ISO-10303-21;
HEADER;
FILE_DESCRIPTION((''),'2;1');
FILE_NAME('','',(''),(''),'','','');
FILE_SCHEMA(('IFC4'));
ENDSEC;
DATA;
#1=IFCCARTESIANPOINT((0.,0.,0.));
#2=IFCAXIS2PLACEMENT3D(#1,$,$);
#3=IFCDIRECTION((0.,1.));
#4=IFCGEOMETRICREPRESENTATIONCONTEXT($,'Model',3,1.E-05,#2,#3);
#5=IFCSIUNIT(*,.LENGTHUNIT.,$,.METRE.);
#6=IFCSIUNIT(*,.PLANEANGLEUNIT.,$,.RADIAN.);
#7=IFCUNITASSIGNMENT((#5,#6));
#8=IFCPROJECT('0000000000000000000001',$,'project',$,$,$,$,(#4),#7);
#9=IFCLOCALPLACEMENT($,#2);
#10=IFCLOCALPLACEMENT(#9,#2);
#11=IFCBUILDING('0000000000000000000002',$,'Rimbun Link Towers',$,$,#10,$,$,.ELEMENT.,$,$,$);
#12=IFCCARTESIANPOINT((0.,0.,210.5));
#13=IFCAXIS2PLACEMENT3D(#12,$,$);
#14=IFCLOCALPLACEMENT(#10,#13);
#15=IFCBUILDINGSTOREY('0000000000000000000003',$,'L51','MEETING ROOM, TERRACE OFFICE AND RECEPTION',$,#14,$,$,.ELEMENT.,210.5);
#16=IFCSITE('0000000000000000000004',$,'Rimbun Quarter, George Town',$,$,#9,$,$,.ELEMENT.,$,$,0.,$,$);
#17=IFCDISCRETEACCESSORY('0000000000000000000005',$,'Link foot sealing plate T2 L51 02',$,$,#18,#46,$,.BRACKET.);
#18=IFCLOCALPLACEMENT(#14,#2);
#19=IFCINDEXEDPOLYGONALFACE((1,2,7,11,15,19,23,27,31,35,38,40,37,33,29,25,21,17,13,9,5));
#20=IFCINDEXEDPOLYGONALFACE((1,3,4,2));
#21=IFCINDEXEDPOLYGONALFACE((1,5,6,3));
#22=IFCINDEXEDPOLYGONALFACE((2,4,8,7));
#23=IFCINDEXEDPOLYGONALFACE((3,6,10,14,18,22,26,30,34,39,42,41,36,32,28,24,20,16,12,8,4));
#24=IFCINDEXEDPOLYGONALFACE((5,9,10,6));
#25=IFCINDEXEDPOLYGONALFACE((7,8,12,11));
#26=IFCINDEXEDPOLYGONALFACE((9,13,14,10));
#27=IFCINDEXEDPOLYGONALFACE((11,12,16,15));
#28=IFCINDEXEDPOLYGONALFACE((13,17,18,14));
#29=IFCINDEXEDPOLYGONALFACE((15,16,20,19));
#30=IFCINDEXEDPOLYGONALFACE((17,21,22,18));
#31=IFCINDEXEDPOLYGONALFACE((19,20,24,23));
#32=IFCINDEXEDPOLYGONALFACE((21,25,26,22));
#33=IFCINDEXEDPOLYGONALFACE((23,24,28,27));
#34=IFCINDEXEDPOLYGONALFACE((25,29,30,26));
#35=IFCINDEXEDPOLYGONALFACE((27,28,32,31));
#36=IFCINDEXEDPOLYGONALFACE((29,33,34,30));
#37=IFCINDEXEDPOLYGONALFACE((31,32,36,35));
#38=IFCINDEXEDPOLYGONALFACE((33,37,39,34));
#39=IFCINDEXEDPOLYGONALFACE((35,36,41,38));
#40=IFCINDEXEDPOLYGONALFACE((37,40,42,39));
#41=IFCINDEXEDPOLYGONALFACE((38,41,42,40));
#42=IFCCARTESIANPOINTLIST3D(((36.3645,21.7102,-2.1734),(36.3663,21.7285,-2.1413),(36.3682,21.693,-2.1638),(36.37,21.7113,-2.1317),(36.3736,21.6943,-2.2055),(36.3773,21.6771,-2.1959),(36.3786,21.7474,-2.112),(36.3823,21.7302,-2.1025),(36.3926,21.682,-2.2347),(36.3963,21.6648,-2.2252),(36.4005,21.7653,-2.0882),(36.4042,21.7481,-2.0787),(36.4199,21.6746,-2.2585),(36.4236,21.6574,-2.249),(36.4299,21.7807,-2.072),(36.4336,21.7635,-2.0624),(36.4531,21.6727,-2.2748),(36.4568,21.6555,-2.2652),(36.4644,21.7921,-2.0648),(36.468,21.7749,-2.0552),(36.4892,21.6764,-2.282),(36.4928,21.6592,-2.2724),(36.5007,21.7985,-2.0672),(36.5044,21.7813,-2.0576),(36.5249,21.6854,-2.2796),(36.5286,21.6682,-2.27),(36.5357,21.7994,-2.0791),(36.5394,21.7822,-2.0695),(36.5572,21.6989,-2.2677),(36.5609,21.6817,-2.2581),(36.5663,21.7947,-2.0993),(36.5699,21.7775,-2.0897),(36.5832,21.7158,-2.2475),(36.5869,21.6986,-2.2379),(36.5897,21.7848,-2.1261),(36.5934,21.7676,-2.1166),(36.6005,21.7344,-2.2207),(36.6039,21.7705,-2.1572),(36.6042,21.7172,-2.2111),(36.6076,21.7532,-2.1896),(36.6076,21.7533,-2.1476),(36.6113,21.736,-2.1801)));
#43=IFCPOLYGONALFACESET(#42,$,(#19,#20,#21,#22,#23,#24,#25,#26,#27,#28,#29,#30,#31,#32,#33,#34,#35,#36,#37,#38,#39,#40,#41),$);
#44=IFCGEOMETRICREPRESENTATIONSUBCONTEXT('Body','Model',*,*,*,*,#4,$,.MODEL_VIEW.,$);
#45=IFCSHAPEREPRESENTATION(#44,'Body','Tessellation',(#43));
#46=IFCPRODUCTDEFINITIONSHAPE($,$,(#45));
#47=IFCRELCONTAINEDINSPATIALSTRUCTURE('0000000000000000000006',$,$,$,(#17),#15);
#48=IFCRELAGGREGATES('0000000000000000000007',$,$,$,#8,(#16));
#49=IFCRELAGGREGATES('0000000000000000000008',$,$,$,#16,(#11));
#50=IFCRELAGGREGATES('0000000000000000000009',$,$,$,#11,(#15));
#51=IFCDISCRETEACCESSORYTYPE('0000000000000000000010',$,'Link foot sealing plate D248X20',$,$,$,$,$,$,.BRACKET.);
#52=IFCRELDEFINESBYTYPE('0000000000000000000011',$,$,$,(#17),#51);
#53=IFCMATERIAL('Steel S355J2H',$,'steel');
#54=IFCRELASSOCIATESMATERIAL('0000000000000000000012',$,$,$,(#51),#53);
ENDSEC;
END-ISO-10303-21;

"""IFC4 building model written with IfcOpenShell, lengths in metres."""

from ifc_helpers import new_model, si_unit, direction, frame, origin, origin_2d, place, context, subcontext, project, spatial, circle, extrude, material, material_profile, profile_set, type_object, element, save


model = new_model("IFC4")

# Units and contexts
model_context = context("Model", 3, precision=1e-05, world=origin(), true_north=direction((0.0, 1.0)))
body_context = subcontext(model_context, "Body", "Model", "MODEL_VIEW")
ifc_project = project(units=[si_unit("LENGTHUNIT", "METRE"), si_unit("PLANEANGLEUNIT", "RADIAN")], contexts=[model_context])

# Site, building, storey
site_placement = place(None, origin())
site = spatial("IfcSite", under=ifc_project, at=site_placement, Name="Rimbun Quarter, George Town", CompositionType="ELEMENT", RefElevation=0.0)
building_placement = place(site_placement, origin())
building = spatial("IfcBuilding", under=site, at=building_placement, Name="Rimbun Link Towers", CompositionType="ELEMENT")
storey_placement = place(building_placement, frame((0.0, 0.0, 210.5)))
storey = spatial("IfcBuildingStorey", under=building, at=storey_placement, Name="L51", Description="MEETING ROOM, TERRACE OFFICE AND RECEPTION", CompositionType="ELEMENT", Elevation=210.5)

# Discrete accessory
ifc_material_1 = material(Name="Steel S355J2H", Category="steel")
ifc_material_profile_1 = material_profile(ifc_material_1, circle(Radius=0.124, at=origin_2d()), Name="PL D248")
ifc_profile_set_1 = profile_set([ifc_material_profile_1], Name="Steel S355J2H")
discrete_accessory_type = type_object("IfcDiscreteAccessoryType", Name="Link foot sealing plate D248X20", PredefinedType="BRACKET", material=ifc_profile_set_1)
discrete_accessory_placement = place(storey_placement, frame((36.4895, 21.719, -2.1638), z_axis=(-0.183997, 0.858653, -0.478393), x_axis=(-0.977802, -0.209529, 0.0)))
element("IfcDiscreteAccessory", 1, at=discrete_accessory_placement, inside=storey, type_object=discrete_accessory_type, Name="Link foot sealing plate T2 L51 02", PredefinedType="BRACKET", context=body_context, shape_type="SweptSolid", body=[
    extrude(circle(Radius=0.124, at=origin_2d()), origin(), (0.0, 0.0, 1.0), 0.02),
])

save(model, "model.ifc")
